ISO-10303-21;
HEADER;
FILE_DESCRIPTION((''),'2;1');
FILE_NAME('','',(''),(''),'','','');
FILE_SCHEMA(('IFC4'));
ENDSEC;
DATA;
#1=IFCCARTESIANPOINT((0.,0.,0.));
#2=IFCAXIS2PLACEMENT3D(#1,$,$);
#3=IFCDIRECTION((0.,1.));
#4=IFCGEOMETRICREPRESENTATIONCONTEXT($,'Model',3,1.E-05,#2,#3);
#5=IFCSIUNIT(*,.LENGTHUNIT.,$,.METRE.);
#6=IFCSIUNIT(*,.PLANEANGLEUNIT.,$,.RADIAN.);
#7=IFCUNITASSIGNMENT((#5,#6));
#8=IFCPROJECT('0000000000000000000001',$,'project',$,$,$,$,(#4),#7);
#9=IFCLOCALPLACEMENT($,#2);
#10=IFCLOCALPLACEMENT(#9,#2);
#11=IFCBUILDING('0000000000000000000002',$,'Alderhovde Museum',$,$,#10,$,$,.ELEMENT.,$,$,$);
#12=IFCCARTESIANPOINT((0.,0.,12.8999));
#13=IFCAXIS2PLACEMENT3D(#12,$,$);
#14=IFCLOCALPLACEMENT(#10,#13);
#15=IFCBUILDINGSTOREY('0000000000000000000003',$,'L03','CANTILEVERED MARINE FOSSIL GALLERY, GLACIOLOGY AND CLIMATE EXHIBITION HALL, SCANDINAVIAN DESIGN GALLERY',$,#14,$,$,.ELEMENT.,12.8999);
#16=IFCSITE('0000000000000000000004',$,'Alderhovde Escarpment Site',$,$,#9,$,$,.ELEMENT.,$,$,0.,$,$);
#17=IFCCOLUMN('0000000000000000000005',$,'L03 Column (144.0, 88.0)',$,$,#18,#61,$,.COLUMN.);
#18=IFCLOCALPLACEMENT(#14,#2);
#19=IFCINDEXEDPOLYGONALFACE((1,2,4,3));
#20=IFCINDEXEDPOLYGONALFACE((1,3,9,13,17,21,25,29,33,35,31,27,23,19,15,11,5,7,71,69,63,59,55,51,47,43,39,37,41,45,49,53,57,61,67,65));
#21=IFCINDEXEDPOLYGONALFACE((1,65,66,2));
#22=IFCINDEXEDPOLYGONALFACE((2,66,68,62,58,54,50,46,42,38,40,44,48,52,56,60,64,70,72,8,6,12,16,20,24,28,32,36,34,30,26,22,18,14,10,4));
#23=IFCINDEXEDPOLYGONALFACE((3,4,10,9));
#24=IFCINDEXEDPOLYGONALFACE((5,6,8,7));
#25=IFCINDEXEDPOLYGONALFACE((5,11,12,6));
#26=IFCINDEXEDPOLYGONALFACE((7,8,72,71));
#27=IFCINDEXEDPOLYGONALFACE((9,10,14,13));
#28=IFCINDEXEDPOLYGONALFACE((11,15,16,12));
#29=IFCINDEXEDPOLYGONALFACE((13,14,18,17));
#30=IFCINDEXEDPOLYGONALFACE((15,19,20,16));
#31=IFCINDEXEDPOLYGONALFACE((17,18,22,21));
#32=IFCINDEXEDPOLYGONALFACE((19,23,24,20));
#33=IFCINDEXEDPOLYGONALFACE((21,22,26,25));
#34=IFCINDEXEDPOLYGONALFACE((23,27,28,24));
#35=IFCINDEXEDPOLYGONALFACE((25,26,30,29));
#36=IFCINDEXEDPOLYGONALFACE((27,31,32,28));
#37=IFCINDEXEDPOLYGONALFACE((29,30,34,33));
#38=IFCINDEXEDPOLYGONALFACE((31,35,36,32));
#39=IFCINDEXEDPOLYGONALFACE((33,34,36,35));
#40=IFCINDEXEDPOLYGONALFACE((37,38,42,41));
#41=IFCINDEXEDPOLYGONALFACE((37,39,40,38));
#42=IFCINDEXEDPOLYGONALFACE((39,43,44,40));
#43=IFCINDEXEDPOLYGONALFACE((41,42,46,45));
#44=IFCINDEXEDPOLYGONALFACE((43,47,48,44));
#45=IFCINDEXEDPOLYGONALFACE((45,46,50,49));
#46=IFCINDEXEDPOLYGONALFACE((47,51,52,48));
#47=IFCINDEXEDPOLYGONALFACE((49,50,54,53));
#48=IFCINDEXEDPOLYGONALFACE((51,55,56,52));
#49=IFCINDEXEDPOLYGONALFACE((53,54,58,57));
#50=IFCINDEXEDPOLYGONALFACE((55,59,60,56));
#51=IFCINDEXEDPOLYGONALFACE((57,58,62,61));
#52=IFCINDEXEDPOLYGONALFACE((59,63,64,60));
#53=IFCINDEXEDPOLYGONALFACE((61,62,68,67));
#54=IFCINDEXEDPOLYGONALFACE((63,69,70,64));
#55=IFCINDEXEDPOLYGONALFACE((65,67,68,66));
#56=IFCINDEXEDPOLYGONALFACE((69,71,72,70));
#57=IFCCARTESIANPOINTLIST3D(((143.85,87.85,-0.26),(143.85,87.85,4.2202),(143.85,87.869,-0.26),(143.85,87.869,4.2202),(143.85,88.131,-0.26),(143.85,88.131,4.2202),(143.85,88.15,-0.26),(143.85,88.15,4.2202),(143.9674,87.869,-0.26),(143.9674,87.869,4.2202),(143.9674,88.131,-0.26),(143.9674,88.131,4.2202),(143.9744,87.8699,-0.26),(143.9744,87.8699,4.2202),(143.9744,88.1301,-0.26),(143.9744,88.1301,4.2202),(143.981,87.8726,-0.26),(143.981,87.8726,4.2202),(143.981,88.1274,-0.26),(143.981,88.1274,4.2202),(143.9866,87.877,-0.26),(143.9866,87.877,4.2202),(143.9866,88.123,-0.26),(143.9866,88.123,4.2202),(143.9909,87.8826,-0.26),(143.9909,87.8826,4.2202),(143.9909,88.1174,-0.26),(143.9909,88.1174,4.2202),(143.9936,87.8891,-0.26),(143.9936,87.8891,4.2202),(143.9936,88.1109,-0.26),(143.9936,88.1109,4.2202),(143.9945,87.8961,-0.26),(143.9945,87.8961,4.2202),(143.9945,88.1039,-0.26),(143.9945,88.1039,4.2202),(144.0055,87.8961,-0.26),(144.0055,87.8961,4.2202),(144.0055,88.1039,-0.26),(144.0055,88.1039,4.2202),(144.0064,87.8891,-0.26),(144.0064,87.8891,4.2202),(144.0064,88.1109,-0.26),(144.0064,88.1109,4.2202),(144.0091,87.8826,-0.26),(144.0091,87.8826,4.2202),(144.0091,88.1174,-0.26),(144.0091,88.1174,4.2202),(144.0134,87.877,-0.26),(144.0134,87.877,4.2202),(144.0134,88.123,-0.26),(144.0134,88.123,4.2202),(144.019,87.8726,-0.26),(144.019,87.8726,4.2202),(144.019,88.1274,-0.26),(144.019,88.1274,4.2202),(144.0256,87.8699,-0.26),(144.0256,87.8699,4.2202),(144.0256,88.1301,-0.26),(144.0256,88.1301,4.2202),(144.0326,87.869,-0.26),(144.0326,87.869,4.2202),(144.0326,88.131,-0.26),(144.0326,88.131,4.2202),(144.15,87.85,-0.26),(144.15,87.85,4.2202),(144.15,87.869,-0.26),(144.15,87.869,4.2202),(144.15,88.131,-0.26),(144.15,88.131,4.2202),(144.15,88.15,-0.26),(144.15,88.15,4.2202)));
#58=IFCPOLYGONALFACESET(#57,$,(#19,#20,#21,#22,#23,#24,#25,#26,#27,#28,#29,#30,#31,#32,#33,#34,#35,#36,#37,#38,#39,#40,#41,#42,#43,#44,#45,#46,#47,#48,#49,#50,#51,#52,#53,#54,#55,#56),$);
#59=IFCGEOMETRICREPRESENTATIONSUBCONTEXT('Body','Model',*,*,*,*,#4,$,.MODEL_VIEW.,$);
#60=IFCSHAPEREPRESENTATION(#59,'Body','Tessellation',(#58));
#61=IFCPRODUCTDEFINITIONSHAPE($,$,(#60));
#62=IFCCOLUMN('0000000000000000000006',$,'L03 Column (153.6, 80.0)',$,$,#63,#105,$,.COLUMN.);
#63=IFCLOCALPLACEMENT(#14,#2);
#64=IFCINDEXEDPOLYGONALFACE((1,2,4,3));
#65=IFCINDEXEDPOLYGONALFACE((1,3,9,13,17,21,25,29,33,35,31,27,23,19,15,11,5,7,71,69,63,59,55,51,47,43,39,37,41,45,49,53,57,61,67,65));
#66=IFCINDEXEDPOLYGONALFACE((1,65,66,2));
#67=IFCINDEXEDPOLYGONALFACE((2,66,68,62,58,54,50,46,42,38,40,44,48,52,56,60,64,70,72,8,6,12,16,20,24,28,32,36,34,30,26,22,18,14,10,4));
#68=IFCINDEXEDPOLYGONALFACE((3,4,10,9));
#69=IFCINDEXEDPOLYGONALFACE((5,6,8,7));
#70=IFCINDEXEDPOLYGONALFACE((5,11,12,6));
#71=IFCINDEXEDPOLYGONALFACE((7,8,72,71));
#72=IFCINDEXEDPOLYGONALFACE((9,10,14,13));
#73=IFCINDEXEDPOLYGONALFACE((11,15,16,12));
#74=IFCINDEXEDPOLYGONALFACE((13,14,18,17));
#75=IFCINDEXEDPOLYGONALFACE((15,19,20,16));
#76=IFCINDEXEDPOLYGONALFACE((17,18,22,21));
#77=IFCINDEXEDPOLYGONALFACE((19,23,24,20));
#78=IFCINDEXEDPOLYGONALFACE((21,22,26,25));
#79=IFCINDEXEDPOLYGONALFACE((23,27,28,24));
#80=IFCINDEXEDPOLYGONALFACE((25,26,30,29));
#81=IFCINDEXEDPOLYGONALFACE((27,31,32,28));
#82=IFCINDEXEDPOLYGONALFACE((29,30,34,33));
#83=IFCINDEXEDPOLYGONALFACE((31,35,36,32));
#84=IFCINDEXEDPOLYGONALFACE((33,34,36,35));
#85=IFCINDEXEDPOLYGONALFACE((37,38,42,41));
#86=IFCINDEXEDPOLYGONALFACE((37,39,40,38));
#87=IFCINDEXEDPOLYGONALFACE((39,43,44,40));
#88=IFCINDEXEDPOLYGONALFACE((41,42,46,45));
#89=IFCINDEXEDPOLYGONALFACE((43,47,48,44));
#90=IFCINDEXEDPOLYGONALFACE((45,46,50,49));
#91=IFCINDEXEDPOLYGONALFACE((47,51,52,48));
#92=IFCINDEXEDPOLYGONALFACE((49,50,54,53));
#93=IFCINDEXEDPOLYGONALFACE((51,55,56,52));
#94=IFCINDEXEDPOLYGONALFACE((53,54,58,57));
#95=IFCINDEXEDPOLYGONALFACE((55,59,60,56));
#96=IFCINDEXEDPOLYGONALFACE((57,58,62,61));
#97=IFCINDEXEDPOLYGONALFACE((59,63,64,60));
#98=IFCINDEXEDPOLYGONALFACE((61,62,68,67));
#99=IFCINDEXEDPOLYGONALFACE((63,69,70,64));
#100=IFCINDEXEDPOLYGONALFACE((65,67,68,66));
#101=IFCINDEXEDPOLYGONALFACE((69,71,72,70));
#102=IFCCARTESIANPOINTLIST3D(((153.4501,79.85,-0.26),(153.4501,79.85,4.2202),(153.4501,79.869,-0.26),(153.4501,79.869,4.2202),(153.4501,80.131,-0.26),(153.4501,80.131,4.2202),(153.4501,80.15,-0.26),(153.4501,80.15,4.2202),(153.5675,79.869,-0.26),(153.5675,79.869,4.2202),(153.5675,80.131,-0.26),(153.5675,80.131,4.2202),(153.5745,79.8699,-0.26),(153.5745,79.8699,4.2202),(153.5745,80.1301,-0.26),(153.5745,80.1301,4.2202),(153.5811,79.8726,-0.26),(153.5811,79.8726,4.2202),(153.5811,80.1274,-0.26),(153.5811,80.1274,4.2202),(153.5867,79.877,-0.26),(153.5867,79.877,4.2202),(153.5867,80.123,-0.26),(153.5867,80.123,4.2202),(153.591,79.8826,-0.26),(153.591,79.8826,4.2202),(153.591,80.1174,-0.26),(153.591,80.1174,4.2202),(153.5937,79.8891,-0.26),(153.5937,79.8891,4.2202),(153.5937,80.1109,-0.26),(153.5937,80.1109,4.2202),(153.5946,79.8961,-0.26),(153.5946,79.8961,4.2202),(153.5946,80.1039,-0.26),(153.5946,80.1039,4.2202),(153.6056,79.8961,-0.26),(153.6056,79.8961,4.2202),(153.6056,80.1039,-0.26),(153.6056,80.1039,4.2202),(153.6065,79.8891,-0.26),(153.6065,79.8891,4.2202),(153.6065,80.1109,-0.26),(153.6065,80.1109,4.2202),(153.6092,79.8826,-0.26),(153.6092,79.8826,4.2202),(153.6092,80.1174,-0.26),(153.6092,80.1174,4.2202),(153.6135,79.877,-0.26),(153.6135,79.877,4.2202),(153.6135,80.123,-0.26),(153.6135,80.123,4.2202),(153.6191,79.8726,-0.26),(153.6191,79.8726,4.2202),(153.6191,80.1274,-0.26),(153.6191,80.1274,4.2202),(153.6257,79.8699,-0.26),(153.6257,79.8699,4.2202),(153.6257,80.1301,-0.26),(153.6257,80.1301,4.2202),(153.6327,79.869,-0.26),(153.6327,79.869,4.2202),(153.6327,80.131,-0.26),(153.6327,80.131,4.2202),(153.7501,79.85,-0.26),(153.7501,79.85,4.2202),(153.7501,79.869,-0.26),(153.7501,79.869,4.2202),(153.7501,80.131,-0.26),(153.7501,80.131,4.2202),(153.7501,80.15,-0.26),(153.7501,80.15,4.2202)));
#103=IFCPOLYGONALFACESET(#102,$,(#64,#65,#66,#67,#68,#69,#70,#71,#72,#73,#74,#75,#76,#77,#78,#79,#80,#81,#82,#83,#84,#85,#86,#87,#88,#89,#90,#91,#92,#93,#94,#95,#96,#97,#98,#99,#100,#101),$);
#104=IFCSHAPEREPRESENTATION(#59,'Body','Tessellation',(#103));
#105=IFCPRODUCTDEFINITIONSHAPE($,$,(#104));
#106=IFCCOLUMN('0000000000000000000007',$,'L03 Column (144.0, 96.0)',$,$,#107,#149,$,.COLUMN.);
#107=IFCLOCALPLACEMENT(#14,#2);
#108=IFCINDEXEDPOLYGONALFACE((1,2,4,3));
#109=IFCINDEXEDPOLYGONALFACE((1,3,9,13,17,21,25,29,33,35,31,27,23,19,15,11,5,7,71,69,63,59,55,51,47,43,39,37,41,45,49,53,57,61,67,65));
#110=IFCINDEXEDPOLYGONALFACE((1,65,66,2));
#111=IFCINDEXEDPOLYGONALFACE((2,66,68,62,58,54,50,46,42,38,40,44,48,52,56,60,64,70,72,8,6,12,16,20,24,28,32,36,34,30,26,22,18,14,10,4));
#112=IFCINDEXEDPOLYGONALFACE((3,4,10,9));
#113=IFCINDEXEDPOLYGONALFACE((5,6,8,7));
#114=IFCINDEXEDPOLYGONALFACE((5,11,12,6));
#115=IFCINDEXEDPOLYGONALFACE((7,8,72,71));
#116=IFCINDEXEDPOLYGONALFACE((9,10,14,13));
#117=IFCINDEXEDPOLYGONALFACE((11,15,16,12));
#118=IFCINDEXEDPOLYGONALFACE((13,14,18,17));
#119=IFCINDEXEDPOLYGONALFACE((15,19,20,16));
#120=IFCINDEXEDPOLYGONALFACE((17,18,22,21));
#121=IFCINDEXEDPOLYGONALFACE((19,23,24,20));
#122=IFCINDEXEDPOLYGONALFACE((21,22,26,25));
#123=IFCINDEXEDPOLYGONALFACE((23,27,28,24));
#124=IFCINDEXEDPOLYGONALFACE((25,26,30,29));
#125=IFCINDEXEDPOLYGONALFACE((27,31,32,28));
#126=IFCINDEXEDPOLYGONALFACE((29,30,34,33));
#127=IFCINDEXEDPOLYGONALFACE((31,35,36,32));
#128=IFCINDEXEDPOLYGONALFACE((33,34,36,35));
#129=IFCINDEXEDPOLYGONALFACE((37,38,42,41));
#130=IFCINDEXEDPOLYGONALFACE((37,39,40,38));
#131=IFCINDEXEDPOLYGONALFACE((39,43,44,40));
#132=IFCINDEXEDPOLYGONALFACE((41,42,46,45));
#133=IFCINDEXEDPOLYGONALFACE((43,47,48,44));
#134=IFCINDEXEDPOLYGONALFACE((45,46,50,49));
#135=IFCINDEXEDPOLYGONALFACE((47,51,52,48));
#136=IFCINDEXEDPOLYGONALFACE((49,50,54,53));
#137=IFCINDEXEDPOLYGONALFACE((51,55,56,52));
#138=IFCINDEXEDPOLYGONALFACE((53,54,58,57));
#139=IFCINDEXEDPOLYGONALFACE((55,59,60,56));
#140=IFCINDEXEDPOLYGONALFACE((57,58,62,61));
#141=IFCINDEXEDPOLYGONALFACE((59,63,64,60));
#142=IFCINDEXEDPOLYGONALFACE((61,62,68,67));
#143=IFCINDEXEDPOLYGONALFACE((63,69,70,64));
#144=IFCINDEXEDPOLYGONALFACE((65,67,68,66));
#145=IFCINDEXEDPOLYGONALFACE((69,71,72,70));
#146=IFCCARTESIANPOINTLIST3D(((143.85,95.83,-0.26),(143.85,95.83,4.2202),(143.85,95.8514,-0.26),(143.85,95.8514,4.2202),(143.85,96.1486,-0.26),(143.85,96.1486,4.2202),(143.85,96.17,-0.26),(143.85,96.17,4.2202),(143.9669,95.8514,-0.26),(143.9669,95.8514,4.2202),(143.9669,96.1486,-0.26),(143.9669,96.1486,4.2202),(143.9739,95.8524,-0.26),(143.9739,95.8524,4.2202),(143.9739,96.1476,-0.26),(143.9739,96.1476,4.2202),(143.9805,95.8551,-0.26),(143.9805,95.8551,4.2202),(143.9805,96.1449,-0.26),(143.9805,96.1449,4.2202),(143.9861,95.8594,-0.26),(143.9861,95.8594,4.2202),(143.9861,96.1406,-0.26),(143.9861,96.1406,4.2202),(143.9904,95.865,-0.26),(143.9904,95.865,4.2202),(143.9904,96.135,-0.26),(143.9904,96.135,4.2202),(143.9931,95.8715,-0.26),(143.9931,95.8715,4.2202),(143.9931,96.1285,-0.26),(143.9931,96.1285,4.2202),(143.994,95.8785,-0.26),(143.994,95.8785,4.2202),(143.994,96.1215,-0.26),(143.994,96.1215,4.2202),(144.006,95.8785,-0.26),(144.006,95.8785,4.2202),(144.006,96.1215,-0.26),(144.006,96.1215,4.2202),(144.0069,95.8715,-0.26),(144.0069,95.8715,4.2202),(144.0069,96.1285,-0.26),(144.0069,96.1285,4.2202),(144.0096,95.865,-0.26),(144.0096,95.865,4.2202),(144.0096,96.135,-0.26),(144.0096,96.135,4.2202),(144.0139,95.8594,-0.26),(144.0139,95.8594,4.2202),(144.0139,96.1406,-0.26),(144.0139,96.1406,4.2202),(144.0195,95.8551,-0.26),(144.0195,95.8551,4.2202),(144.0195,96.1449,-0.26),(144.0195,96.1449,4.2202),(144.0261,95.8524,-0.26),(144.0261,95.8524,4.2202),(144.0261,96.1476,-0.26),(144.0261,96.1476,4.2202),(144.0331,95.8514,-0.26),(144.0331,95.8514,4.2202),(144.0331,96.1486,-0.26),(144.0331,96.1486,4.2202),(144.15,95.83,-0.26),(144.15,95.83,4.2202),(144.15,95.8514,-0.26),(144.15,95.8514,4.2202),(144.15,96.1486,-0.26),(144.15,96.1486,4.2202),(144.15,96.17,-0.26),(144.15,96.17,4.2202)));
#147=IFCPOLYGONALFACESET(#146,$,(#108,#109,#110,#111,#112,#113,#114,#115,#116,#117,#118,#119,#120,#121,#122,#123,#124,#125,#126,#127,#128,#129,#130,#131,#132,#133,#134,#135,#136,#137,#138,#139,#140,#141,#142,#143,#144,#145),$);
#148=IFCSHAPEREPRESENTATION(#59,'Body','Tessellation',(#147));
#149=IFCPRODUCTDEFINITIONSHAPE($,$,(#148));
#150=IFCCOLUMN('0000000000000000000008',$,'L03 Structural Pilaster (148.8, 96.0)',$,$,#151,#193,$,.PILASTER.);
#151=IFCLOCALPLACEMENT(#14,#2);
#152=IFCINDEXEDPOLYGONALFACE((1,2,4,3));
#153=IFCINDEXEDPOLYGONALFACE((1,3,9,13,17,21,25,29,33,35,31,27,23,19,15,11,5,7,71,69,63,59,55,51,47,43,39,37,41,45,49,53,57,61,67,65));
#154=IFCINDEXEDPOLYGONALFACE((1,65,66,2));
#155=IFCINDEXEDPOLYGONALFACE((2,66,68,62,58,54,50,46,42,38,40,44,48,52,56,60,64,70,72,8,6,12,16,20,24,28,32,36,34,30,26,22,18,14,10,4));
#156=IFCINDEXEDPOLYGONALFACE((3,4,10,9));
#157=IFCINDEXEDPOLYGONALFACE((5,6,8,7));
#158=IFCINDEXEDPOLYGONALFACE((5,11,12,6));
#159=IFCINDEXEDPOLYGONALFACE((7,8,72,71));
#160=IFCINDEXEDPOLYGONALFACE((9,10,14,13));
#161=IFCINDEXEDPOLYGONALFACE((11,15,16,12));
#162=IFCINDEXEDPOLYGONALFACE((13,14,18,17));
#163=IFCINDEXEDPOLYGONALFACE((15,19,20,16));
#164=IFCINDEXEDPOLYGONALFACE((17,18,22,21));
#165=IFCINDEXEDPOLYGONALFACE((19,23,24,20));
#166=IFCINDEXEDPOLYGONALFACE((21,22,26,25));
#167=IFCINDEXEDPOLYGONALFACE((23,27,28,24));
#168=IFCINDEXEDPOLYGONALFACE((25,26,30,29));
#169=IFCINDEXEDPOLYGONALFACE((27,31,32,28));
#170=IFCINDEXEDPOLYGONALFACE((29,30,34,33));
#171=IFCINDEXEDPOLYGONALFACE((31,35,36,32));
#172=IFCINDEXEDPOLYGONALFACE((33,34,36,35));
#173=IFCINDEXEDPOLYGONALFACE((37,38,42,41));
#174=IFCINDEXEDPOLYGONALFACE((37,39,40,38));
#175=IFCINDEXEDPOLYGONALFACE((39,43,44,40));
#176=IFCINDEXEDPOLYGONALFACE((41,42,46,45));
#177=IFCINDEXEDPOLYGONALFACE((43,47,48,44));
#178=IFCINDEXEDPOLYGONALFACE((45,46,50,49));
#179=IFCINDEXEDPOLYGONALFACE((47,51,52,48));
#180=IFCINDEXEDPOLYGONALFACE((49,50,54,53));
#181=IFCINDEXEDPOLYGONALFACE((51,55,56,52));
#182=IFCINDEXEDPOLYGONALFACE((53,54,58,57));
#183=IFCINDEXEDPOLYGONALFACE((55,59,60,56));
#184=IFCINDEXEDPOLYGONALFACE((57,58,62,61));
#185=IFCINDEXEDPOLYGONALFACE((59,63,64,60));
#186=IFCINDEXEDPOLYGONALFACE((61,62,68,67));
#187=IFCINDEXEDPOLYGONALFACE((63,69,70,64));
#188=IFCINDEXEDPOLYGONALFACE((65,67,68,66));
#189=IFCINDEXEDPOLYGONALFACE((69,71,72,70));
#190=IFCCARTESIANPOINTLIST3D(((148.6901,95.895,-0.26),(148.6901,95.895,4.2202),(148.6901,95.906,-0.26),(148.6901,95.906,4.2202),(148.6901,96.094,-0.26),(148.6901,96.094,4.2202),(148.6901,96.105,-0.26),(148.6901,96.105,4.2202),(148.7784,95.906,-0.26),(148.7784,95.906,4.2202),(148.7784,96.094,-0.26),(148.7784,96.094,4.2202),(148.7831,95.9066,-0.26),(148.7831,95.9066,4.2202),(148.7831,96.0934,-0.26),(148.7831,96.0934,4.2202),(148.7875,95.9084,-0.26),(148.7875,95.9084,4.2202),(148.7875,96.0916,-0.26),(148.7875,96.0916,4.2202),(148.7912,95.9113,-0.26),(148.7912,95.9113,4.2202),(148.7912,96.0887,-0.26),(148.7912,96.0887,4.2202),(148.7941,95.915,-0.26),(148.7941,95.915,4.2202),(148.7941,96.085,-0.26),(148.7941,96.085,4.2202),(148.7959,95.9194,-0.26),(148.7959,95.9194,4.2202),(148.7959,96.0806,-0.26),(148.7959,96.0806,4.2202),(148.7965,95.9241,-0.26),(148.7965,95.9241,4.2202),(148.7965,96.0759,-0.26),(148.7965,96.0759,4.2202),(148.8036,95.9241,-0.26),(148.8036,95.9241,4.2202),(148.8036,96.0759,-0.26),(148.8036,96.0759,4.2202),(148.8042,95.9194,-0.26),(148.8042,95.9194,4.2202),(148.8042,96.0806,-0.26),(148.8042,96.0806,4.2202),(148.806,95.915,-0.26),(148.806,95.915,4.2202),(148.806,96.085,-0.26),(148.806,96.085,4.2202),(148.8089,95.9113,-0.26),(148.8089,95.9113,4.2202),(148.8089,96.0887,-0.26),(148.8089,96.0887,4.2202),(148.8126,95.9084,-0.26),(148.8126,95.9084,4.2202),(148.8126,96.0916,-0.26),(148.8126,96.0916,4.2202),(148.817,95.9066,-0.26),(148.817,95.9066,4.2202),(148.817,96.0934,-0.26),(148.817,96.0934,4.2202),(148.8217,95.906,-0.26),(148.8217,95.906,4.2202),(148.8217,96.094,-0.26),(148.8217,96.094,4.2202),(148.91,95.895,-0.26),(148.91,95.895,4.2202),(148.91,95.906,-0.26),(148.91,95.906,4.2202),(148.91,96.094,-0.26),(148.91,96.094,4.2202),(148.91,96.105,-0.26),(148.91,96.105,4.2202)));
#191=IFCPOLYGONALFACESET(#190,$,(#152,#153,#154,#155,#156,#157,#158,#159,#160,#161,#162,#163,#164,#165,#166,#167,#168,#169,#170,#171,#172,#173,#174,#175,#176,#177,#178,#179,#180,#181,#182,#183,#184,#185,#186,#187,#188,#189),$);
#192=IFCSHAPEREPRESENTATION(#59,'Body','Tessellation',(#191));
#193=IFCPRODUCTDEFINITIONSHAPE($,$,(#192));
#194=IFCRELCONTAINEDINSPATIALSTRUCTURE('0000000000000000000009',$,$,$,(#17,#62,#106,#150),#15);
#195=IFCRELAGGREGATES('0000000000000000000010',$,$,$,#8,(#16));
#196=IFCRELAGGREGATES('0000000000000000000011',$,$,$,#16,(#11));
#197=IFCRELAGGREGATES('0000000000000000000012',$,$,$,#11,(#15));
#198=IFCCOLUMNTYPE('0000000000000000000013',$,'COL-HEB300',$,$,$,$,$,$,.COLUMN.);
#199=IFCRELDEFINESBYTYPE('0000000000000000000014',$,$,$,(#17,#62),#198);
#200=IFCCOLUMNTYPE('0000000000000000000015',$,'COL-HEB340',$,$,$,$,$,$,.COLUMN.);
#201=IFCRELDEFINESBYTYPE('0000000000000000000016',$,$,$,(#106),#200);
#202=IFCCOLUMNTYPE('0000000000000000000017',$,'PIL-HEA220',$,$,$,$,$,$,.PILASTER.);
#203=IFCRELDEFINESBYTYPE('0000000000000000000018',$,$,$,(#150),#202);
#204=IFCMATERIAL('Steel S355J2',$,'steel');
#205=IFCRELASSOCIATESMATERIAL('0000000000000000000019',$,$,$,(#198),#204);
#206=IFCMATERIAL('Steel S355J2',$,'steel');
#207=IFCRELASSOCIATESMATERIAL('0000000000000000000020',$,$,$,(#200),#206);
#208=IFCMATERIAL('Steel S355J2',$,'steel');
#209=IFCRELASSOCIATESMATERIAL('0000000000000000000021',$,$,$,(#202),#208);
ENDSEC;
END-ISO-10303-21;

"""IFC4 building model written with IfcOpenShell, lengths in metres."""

from ifc_helpers import new_model, si_unit, direction, frame, origin, origin_2d, place, context, subcontext, project, spatial, i_section, extrude, material, material_profile, profile_set, type_object, element, save


model = new_model("IFC4")

# Units and contexts
model_context = context("Model", 3, precision=1e-05, world=origin(), true_north=direction((0.0, 1.0)))
body_context = subcontext(model_context, "Body", "Model", "MODEL_VIEW")
ifc_project = project(units=[si_unit("LENGTHUNIT", "METRE"), si_unit("PLANEANGLEUNIT", "RADIAN")], contexts=[model_context])

# Site, building, storey
site_placement = place(None, origin())
site = spatial("IfcSite", under=ifc_project, at=site_placement, Name="Alderhovde Escarpment Site", CompositionType="ELEMENT", RefElevation=0.0)
building_placement = place(site_placement, origin())
building = spatial("IfcBuilding", under=site, at=building_placement, Name="Alderhovde Museum", CompositionType="ELEMENT")
storey_placement = place(building_placement, frame((0.0, 0.0, 12.8999)))
storey = spatial("IfcBuildingStorey", under=building, at=storey_placement, Name="L03", Description="CANTILEVERED MARINE FOSSIL GALLERY, GLACIOLOGY AND CLIMATE EXHIBITION HALL, SCANDINAVIAN DESIGN GALLERY", CompositionType="ELEMENT", Elevation=12.8999)

# Columns
ifc_material_1 = material(Name="Steel S355J2", Category="steel")
ifc_material_profile_1 = material_profile(ifc_material_1, i_section(OverallWidth=0.3, OverallDepth=0.3, WebThickness=0.011, FlangeThickness=0.019, FilletRadius=0.0271, at=origin_2d()), Name="HEB 300")
ifc_profile_set_1 = profile_set([ifc_material_profile_1], Name="Steel S355J2")
column_type_1 = type_object("IfcColumnType", Name="COL-HEB300", PredefinedType="COLUMN", material=ifc_profile_set_1)
for number, where, z_axis, x_axis, name in (
    (1, (144.0, 88.0, -0.26), (0.0, 0.0, 1.0), (1.0, 0.0, 0.0), "L03 Column (144.0, 88.0)"),
    (2, (153.6001, 80.0, -0.26), (0.0, 0.0, 1.0), (1.0, 0.0, 0.0), "L03 Column (153.6, 80.0)"),
):
    element("IfcColumn", number, at=place(storey_placement, frame(where, z_axis=z_axis, x_axis=x_axis)), inside=storey, type_object=column_type_1, Name=name, PredefinedType="COLUMN", context=body_context, shape_type="SweptSolid", body=[
        extrude(i_section(OverallWidth=0.3, OverallDepth=0.3, WebThickness=0.011, FlangeThickness=0.019, FilletRadius=0.0271, at=origin_2d()), origin(), (0.0, 0.0, 1.0), 4.4802),
    ])
ifc_material_2 = material(Name="Steel S355J2", Category="steel")
ifc_material_profile_2 = material_profile(ifc_material_2, i_section(OverallWidth=0.3, OverallDepth=0.3401, WebThickness=0.012, FlangeThickness=0.0215, FilletRadius=0.0271, at=origin_2d()), Name="HEB 340")
ifc_profile_set_2 = profile_set([ifc_material_profile_2], Name="Steel S355J2")
column_type_2 = type_object("IfcColumnType", Name="COL-HEB340", PredefinedType="COLUMN", material=ifc_profile_set_2)
column_1_placement = place(storey_placement, frame((144.0, 96.0, -0.26), z_axis=(0.0, 0.0, 1.0), x_axis=(1.0, 0.0, 0.0)))
element("IfcColumn", 3, at=column_1_placement, inside=storey, type_object=column_type_2, Name="L03 Column (144.0, 96.0)", PredefinedType="COLUMN", context=body_context, shape_type="SweptSolid", body=[
    extrude(i_section(OverallWidth=0.3, OverallDepth=0.3401, WebThickness=0.012, FlangeThickness=0.0215, FilletRadius=0.0271, at=origin_2d()), origin(), (0.0, 0.0, 1.0), 4.4802),
])
ifc_material_3 = material(Name="Steel S355J2", Category="steel")
ifc_material_profile_3 = material_profile(ifc_material_3, i_section(OverallWidth=0.22, OverallDepth=0.21, WebThickness=0.0071, FlangeThickness=0.011, FilletRadius=0.0181, at=origin_2d()), Name="HEA 220")
ifc_profile_set_3 = profile_set([ifc_material_profile_3], Name="Steel S355J2")
column_type_3 = type_object("IfcColumnType", Name="PIL-HEA220", PredefinedType="PILASTER", material=ifc_profile_set_3)
column_2_placement = place(storey_placement, frame((148.8, 96.0, -0.26), z_axis=(0.0, 0.0, 1.0), x_axis=(1.0, 0.0, 0.0)))
element("IfcColumn", 4, at=column_2_placement, inside=storey, type_object=column_type_3, Name="L03 Structural Pilaster (148.8, 96.0)", PredefinedType="PILASTER", context=body_context, shape_type="SweptSolid", body=[
    extrude(i_section(OverallWidth=0.22, OverallDepth=0.21, WebThickness=0.0071, FlangeThickness=0.011, FilletRadius=0.0181, at=origin_2d()), origin(), (0.0, 0.0, 1.0), 4.4802),
])

save(model, "model.ifc")
